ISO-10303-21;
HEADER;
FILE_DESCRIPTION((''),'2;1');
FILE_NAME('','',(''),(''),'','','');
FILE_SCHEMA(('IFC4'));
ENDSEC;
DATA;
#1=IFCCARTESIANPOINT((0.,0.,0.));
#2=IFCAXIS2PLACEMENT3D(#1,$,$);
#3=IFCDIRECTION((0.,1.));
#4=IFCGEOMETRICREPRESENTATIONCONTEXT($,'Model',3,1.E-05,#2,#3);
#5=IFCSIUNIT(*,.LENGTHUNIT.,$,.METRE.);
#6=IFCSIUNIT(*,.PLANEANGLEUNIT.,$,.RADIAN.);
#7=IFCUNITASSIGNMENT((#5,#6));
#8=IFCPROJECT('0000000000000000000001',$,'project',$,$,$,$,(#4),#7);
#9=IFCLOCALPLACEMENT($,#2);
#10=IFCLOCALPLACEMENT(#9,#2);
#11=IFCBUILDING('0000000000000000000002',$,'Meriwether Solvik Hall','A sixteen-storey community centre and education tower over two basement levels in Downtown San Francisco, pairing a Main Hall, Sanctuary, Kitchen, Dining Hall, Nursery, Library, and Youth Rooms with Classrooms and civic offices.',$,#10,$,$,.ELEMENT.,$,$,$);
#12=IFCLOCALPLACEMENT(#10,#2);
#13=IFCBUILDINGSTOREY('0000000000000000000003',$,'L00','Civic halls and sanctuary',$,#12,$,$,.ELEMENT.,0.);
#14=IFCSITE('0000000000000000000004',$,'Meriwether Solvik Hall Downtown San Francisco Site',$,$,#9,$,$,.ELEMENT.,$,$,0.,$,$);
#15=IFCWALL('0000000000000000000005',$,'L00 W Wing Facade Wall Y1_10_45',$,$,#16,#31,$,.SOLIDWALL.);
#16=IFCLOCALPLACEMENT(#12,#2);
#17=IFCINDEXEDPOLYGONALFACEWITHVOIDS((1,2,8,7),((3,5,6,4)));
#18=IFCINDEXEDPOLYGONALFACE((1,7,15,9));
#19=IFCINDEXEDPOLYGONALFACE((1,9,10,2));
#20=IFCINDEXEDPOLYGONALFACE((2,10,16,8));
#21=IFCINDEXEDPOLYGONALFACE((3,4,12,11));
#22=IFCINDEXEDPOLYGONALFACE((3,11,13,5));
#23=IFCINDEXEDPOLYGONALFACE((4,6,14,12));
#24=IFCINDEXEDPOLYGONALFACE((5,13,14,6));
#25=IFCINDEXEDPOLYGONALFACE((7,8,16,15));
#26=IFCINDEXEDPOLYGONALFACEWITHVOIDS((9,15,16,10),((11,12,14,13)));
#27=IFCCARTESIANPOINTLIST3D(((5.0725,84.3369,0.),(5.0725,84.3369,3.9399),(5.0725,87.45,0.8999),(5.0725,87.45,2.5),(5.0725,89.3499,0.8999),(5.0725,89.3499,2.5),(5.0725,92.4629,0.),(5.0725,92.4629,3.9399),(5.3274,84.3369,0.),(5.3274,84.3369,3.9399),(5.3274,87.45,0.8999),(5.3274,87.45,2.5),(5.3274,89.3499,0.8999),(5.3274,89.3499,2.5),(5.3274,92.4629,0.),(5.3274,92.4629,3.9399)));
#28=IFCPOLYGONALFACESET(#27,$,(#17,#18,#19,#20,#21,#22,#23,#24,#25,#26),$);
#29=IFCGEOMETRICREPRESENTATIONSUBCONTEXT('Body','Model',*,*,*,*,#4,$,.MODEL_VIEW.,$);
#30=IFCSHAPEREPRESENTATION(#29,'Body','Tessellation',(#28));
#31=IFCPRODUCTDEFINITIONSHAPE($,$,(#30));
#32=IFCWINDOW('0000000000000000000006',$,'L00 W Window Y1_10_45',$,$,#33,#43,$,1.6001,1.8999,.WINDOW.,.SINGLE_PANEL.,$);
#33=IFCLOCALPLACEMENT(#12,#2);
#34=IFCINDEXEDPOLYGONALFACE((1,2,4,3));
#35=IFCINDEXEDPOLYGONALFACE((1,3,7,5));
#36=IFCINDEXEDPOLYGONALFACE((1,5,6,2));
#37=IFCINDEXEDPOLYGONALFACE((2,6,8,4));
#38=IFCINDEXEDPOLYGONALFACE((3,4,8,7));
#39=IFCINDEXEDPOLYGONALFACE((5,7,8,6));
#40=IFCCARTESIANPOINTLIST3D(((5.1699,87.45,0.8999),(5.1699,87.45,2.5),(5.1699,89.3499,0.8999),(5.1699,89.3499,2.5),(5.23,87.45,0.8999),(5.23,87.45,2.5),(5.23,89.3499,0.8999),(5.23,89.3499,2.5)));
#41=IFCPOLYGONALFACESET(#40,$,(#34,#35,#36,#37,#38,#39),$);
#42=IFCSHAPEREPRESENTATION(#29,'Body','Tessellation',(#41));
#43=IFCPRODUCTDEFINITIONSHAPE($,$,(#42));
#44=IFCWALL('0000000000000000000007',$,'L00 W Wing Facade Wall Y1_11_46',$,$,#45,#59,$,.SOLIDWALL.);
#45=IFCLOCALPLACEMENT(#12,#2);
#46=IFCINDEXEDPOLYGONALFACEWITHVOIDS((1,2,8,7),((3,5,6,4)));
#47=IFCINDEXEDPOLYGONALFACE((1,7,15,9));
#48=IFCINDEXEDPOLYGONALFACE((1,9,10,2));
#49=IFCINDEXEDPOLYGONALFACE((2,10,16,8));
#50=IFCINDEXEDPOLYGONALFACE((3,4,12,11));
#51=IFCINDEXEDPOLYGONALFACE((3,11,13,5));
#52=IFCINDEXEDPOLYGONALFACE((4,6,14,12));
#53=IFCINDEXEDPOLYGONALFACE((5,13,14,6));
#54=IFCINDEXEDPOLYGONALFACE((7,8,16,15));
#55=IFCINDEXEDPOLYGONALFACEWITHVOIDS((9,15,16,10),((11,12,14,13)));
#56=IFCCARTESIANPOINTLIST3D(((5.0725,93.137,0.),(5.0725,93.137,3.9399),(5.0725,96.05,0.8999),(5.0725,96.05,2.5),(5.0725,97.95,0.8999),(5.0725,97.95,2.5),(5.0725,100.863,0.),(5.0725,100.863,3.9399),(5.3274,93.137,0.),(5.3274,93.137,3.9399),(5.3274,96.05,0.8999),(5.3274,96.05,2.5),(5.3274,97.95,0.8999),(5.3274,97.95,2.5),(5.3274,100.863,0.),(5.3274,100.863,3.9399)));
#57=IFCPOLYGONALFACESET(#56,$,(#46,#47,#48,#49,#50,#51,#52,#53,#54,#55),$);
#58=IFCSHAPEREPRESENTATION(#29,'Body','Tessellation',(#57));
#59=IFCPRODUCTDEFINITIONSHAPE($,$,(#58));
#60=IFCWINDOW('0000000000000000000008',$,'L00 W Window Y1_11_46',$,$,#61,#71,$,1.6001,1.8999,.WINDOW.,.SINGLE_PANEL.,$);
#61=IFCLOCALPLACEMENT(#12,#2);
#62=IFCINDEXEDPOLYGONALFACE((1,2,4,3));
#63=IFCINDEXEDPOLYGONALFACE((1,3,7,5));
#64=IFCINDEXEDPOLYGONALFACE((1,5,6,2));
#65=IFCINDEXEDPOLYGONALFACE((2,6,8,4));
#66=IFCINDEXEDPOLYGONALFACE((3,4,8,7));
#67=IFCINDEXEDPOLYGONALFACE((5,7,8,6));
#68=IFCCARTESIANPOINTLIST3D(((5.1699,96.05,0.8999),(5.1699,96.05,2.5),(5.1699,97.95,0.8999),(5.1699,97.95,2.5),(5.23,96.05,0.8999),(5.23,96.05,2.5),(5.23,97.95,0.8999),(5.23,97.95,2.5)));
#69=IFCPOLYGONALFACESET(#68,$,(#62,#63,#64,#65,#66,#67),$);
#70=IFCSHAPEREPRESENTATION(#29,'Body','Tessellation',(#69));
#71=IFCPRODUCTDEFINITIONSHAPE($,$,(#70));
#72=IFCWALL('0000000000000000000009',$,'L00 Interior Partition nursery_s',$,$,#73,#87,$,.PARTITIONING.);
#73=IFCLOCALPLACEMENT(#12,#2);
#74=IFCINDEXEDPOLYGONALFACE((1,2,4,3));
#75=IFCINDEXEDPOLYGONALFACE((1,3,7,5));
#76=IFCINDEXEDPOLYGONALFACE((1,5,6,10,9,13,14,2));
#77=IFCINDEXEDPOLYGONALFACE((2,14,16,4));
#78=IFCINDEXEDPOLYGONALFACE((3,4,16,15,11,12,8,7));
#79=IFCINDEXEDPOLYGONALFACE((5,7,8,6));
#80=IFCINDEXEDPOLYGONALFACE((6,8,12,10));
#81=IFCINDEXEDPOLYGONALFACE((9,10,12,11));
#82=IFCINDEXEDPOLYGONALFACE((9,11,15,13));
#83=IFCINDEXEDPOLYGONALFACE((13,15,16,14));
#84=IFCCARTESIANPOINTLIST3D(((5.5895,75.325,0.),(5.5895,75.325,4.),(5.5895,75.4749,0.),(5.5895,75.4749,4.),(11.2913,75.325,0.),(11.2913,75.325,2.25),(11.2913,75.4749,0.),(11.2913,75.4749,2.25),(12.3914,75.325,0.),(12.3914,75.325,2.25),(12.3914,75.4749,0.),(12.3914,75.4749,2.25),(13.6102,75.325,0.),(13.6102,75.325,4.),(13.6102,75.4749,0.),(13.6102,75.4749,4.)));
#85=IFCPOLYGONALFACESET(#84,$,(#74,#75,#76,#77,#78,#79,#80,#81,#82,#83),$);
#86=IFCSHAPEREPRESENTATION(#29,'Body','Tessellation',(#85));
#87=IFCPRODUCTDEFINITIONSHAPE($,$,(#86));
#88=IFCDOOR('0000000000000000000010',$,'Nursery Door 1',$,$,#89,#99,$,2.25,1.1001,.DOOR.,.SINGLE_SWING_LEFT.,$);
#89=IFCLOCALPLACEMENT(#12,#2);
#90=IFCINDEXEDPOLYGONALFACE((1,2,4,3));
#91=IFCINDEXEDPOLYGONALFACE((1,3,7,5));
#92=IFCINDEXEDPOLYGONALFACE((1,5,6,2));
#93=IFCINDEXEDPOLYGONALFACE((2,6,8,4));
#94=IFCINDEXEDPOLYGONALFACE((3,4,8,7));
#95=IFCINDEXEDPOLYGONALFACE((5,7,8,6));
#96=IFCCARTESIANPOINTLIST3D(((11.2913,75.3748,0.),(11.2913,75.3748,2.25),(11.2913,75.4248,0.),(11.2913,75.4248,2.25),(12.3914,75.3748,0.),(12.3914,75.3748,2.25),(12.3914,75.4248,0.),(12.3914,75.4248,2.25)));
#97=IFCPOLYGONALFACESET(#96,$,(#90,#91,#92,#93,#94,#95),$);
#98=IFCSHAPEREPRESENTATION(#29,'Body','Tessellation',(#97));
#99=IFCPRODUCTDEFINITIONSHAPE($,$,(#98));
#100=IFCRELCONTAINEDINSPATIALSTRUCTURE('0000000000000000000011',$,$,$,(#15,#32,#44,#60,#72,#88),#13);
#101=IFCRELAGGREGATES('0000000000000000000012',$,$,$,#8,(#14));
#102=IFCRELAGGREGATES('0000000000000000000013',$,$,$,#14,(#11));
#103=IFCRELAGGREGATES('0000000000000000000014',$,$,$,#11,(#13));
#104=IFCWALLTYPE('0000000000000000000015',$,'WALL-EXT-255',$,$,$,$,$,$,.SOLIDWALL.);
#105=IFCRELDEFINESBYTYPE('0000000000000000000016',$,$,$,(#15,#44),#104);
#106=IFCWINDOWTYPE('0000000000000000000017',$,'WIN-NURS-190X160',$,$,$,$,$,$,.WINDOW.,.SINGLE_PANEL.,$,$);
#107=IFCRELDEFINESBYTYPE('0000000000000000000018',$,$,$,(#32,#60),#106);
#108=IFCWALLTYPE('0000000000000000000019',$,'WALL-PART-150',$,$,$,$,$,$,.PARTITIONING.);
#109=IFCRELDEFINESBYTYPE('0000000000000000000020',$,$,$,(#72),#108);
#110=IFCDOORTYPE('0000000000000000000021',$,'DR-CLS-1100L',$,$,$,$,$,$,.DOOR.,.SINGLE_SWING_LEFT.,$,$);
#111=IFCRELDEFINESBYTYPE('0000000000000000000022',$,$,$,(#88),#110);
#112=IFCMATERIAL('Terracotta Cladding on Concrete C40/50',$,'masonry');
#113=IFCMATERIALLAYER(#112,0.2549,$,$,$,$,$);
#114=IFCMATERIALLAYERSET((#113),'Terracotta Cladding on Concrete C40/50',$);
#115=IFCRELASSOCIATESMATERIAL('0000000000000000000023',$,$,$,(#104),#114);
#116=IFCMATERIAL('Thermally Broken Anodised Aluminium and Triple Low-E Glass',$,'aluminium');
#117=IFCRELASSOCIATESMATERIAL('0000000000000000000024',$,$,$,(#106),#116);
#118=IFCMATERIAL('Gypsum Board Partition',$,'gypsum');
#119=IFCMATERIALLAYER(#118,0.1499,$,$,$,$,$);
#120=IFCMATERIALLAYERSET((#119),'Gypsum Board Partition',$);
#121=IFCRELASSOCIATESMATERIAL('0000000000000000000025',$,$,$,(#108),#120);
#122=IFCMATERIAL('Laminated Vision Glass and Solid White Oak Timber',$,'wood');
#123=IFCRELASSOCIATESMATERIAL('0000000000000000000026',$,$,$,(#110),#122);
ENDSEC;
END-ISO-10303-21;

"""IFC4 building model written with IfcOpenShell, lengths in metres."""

from ifc_helpers import new_model, si_unit, direction, frame, frame_2d, origin, place, context, subcontext, project, spatial, rectangle, extrude, material, layer, layer_set, type_object, element, fill, save


model = new_model("IFC4")

# Units and contexts
model_context = context("Model", 3, precision=1e-05, world=origin(), true_north=direction((0.0, 1.0)))
body_context = subcontext(model_context, "Body", "Model", "MODEL_VIEW")
ifc_project = project(units=[si_unit("LENGTHUNIT", "METRE"), si_unit("PLANEANGLEUNIT", "RADIAN")], contexts=[model_context])

# Site, building, storey
site_placement = place(None, origin())
site = spatial("IfcSite", under=ifc_project, at=site_placement, Name="Meriwether Solvik Hall Downtown San Francisco Site", CompositionType="ELEMENT", RefElevation=0.0)
building_placement = place(site_placement, origin())
building = spatial("IfcBuilding", under=site, at=building_placement, Name="Meriwether Solvik Hall", Description="A sixteen-storey community centre and education tower over two basement levels in Downtown San Francisco, pairing a Main Hall, Sanctuary, Kitchen, Dining Hall, Nursery, Library, and Youth Rooms with Classrooms and civic offices.", CompositionType="ELEMENT")
storey_placement = place(building_placement, origin())
storey = spatial("IfcBuildingStorey", under=building, at=storey_placement, Name="L00", Description="Civic halls and sanctuary", CompositionType="ELEMENT", Elevation=0.0)

# Walls, openings, windows
ifc_material_1 = material(Name="Terracotta Cladding on Concrete C40/50", Category="masonry")
ifc_layer_1 = layer(ifc_material_1, 0.2549)
ifc_layer_set_1 = layer_set([ifc_layer_1], Name="Terracotta Cladding on Concrete C40/50")
wall_type_1 = type_object("IfcWallType", Name="WALL-EXT-255", PredefinedType="SOLIDWALL", material=ifc_layer_set_1)
ifc_material_2 = material(Name="Thermally Broken Anodised Aluminium and Triple Low-E Glass", Category="aluminium")
window_type = type_object("IfcWindowType", Name="WIN-NURS-190X160", PartitioningType="SINGLE_PANEL", PredefinedType="WINDOW", material=ifc_material_2)
wall_1_placement = place(storey_placement, frame((5.2, 84.3369, 0.0), z_axis=(0.0, 0.0, 1.0), x_axis=(0.0, 1.0, 0.0)))
wall_1 = element("IfcWall", 1, at=wall_1_placement, inside=storey, type_object=wall_type_1, Name="L00 W Wing Facade Wall Y1_10_45", PredefinedType="SOLIDWALL", context=body_context, shape_type="SweptSolid", body=[
    extrude(rectangle(XDim=8.126, YDim=0.2549, at=frame_2d((4.063, 0.0))), origin(), (0.0, 0.0, 1.0), 3.9399),
])
opening_1_placement = place(wall_1_placement, frame((3.113, 0.0, 0.8999)))
opening_1 = element("IfcOpeningElement", 2, at=opening_1_placement, cuts=wall_1, PredefinedType="OPENING", context=body_context, shape_type="SweptSolid", body=[
    extrude(rectangle(XDim=1.8999, YDim=1.6001, at=frame_2d((0.95, 0.8))), frame((0.0, 0.1394, 0.0), z_axis=(0.0, -1.0, 0.0), x_axis=(1.0, 0.0, 0.0)), (0.0, 0.0, 1.0), 0.2788),
])
window_1_placement = place(opening_1_placement, origin())
window_1 = element("IfcWindow", 3, at=window_1_placement, inside=storey, type_object=window_type, Name="L00 W Window Y1_10_45", OverallHeight=1.6001, OverallWidth=1.8999, PartitioningType="SINGLE_PANEL", PredefinedType="WINDOW", context=body_context, shape_type="SweptSolid", body=[
    extrude(rectangle(XDim=1.8999, YDim=1.6001, at=frame_2d((0.95, 0.8))), frame((0.0, 0.03, 0.0), z_axis=(0.0, -1.0, 0.0), x_axis=(1.0, 0.0, 0.0)), (0.0, 0.0, 1.0), 0.0601),
])
fill(opening_1, window_1)
wall_2_placement = place(storey_placement, frame((5.2, 93.137, 0.0), z_axis=(0.0, 0.0, 1.0), x_axis=(0.0, 1.0, 0.0)))
wall_2 = element("IfcWall", 4, at=wall_2_placement, inside=storey, type_object=wall_type_1, Name="L00 W Wing Facade Wall Y1_11_46", PredefinedType="SOLIDWALL", context=body_context, shape_type="SweptSolid", body=[
    extrude(rectangle(XDim=7.7261, YDim=0.2549, at=frame_2d((3.863, 0.0))), origin(), (0.0, 0.0, 1.0), 3.9399),
])
opening_2_placement = place(wall_2_placement, frame((2.9131, 0.0, 0.8999)))
opening_2 = element("IfcOpeningElement", 5, at=opening_2_placement, cuts=wall_2, PredefinedType="OPENING", context=body_context, shape_type="SweptSolid", body=[
    extrude(rectangle(XDim=1.8999, YDim=1.6001, at=frame_2d((0.95, 0.8))), frame((0.0, 0.1394, 0.0), z_axis=(0.0, -1.0, 0.0), x_axis=(1.0, 0.0, 0.0)), (0.0, 0.0, 1.0), 0.2788),
])
window_2_placement = place(opening_2_placement, origin())
window_2 = element("IfcWindow", 6, at=window_2_placement, inside=storey, type_object=window_type, Name="L00 W Window Y1_11_46", OverallHeight=1.6001, OverallWidth=1.8999, PartitioningType="SINGLE_PANEL", PredefinedType="WINDOW", context=body_context, shape_type="SweptSolid", body=[
    extrude(rectangle(XDim=1.8999, YDim=1.6001, at=frame_2d((0.95, 0.8))), frame((0.0, 0.03, 0.0), z_axis=(0.0, -1.0, 0.0), x_axis=(1.0, 0.0, 0.0)), (0.0, 0.0, 1.0), 0.0601),
])
fill(opening_2, window_2)

# Wall, opening, door
ifc_material_3 = material(Name="Gypsum Board Partition", Category="gypsum")
ifc_layer_2 = layer(ifc_material_3, 0.1499)
ifc_layer_set_2 = layer_set([ifc_layer_2], Name="Gypsum Board Partition")
wall_type_2 = type_object("IfcWallType", Name="WALL-PART-150", PredefinedType="PARTITIONING", material=ifc_layer_set_2)
wall_3_placement = place(storey_placement, frame((5.5896, 75.3999, 0.0), z_axis=(0.0, 0.0, 1.0), x_axis=(1.0, 0.0, 0.0)))
wall_3 = element("IfcWall", 7, at=wall_3_placement, inside=storey, type_object=wall_type_2, Name="L00 Interior Partition nursery_s", PredefinedType="PARTITIONING", context=body_context, shape_type="SweptSolid", body=[
    extrude(rectangle(XDim=8.0208, YDim=0.1499, at=frame_2d((4.0103, 0.0))), origin(), (0.0, 0.0, 1.0), 4.0),
])
opening_3_placement = place(wall_3_placement, frame((5.7017, 0.0, 0.0)))
opening_3 = element("IfcOpeningElement", 8, at=opening_3_placement, cuts=wall_3, PredefinedType="OPENING", context=body_context, shape_type="SweptSolid", body=[
    extrude(rectangle(XDim=1.1001, YDim=2.25, at=frame_2d((0.55, 1.125))), frame((0.0, 0.0869, 0.0), z_axis=(0.0, -1.0, 0.0), x_axis=(1.0, 0.0, 0.0)), (0.0, 0.0, 1.0), 0.1738),
])
ifc_material_4 = material(Name="Laminated Vision Glass and Solid White Oak Timber", Category="wood")
door_type = type_object("IfcDoorType", Name="DR-CLS-1100L", OperationType="SINGLE_SWING_LEFT", PredefinedType="DOOR", material=ifc_material_4)
door_placement = place(opening_3_placement, origin())
door = element("IfcDoor", 9, at=door_placement, inside=storey, type_object=door_type, Name="Nursery Door 1", OperationType="SINGLE_SWING_LEFT", OverallHeight=2.25, OverallWidth=1.1001, PredefinedType="DOOR", context=body_context, shape_type="SweptSolid", body=[
    extrude(rectangle(XDim=1.1001, YDim=2.25, at=frame_2d((0.55, 1.125))), frame((0.0, 0.0249, 0.0), z_axis=(0.0, -1.0, 0.0), x_axis=(1.0, 0.0, 0.0)), (0.0, 0.0, 1.0), 0.05),
])
fill(opening_3, door)

save(model, "model.ifc")
